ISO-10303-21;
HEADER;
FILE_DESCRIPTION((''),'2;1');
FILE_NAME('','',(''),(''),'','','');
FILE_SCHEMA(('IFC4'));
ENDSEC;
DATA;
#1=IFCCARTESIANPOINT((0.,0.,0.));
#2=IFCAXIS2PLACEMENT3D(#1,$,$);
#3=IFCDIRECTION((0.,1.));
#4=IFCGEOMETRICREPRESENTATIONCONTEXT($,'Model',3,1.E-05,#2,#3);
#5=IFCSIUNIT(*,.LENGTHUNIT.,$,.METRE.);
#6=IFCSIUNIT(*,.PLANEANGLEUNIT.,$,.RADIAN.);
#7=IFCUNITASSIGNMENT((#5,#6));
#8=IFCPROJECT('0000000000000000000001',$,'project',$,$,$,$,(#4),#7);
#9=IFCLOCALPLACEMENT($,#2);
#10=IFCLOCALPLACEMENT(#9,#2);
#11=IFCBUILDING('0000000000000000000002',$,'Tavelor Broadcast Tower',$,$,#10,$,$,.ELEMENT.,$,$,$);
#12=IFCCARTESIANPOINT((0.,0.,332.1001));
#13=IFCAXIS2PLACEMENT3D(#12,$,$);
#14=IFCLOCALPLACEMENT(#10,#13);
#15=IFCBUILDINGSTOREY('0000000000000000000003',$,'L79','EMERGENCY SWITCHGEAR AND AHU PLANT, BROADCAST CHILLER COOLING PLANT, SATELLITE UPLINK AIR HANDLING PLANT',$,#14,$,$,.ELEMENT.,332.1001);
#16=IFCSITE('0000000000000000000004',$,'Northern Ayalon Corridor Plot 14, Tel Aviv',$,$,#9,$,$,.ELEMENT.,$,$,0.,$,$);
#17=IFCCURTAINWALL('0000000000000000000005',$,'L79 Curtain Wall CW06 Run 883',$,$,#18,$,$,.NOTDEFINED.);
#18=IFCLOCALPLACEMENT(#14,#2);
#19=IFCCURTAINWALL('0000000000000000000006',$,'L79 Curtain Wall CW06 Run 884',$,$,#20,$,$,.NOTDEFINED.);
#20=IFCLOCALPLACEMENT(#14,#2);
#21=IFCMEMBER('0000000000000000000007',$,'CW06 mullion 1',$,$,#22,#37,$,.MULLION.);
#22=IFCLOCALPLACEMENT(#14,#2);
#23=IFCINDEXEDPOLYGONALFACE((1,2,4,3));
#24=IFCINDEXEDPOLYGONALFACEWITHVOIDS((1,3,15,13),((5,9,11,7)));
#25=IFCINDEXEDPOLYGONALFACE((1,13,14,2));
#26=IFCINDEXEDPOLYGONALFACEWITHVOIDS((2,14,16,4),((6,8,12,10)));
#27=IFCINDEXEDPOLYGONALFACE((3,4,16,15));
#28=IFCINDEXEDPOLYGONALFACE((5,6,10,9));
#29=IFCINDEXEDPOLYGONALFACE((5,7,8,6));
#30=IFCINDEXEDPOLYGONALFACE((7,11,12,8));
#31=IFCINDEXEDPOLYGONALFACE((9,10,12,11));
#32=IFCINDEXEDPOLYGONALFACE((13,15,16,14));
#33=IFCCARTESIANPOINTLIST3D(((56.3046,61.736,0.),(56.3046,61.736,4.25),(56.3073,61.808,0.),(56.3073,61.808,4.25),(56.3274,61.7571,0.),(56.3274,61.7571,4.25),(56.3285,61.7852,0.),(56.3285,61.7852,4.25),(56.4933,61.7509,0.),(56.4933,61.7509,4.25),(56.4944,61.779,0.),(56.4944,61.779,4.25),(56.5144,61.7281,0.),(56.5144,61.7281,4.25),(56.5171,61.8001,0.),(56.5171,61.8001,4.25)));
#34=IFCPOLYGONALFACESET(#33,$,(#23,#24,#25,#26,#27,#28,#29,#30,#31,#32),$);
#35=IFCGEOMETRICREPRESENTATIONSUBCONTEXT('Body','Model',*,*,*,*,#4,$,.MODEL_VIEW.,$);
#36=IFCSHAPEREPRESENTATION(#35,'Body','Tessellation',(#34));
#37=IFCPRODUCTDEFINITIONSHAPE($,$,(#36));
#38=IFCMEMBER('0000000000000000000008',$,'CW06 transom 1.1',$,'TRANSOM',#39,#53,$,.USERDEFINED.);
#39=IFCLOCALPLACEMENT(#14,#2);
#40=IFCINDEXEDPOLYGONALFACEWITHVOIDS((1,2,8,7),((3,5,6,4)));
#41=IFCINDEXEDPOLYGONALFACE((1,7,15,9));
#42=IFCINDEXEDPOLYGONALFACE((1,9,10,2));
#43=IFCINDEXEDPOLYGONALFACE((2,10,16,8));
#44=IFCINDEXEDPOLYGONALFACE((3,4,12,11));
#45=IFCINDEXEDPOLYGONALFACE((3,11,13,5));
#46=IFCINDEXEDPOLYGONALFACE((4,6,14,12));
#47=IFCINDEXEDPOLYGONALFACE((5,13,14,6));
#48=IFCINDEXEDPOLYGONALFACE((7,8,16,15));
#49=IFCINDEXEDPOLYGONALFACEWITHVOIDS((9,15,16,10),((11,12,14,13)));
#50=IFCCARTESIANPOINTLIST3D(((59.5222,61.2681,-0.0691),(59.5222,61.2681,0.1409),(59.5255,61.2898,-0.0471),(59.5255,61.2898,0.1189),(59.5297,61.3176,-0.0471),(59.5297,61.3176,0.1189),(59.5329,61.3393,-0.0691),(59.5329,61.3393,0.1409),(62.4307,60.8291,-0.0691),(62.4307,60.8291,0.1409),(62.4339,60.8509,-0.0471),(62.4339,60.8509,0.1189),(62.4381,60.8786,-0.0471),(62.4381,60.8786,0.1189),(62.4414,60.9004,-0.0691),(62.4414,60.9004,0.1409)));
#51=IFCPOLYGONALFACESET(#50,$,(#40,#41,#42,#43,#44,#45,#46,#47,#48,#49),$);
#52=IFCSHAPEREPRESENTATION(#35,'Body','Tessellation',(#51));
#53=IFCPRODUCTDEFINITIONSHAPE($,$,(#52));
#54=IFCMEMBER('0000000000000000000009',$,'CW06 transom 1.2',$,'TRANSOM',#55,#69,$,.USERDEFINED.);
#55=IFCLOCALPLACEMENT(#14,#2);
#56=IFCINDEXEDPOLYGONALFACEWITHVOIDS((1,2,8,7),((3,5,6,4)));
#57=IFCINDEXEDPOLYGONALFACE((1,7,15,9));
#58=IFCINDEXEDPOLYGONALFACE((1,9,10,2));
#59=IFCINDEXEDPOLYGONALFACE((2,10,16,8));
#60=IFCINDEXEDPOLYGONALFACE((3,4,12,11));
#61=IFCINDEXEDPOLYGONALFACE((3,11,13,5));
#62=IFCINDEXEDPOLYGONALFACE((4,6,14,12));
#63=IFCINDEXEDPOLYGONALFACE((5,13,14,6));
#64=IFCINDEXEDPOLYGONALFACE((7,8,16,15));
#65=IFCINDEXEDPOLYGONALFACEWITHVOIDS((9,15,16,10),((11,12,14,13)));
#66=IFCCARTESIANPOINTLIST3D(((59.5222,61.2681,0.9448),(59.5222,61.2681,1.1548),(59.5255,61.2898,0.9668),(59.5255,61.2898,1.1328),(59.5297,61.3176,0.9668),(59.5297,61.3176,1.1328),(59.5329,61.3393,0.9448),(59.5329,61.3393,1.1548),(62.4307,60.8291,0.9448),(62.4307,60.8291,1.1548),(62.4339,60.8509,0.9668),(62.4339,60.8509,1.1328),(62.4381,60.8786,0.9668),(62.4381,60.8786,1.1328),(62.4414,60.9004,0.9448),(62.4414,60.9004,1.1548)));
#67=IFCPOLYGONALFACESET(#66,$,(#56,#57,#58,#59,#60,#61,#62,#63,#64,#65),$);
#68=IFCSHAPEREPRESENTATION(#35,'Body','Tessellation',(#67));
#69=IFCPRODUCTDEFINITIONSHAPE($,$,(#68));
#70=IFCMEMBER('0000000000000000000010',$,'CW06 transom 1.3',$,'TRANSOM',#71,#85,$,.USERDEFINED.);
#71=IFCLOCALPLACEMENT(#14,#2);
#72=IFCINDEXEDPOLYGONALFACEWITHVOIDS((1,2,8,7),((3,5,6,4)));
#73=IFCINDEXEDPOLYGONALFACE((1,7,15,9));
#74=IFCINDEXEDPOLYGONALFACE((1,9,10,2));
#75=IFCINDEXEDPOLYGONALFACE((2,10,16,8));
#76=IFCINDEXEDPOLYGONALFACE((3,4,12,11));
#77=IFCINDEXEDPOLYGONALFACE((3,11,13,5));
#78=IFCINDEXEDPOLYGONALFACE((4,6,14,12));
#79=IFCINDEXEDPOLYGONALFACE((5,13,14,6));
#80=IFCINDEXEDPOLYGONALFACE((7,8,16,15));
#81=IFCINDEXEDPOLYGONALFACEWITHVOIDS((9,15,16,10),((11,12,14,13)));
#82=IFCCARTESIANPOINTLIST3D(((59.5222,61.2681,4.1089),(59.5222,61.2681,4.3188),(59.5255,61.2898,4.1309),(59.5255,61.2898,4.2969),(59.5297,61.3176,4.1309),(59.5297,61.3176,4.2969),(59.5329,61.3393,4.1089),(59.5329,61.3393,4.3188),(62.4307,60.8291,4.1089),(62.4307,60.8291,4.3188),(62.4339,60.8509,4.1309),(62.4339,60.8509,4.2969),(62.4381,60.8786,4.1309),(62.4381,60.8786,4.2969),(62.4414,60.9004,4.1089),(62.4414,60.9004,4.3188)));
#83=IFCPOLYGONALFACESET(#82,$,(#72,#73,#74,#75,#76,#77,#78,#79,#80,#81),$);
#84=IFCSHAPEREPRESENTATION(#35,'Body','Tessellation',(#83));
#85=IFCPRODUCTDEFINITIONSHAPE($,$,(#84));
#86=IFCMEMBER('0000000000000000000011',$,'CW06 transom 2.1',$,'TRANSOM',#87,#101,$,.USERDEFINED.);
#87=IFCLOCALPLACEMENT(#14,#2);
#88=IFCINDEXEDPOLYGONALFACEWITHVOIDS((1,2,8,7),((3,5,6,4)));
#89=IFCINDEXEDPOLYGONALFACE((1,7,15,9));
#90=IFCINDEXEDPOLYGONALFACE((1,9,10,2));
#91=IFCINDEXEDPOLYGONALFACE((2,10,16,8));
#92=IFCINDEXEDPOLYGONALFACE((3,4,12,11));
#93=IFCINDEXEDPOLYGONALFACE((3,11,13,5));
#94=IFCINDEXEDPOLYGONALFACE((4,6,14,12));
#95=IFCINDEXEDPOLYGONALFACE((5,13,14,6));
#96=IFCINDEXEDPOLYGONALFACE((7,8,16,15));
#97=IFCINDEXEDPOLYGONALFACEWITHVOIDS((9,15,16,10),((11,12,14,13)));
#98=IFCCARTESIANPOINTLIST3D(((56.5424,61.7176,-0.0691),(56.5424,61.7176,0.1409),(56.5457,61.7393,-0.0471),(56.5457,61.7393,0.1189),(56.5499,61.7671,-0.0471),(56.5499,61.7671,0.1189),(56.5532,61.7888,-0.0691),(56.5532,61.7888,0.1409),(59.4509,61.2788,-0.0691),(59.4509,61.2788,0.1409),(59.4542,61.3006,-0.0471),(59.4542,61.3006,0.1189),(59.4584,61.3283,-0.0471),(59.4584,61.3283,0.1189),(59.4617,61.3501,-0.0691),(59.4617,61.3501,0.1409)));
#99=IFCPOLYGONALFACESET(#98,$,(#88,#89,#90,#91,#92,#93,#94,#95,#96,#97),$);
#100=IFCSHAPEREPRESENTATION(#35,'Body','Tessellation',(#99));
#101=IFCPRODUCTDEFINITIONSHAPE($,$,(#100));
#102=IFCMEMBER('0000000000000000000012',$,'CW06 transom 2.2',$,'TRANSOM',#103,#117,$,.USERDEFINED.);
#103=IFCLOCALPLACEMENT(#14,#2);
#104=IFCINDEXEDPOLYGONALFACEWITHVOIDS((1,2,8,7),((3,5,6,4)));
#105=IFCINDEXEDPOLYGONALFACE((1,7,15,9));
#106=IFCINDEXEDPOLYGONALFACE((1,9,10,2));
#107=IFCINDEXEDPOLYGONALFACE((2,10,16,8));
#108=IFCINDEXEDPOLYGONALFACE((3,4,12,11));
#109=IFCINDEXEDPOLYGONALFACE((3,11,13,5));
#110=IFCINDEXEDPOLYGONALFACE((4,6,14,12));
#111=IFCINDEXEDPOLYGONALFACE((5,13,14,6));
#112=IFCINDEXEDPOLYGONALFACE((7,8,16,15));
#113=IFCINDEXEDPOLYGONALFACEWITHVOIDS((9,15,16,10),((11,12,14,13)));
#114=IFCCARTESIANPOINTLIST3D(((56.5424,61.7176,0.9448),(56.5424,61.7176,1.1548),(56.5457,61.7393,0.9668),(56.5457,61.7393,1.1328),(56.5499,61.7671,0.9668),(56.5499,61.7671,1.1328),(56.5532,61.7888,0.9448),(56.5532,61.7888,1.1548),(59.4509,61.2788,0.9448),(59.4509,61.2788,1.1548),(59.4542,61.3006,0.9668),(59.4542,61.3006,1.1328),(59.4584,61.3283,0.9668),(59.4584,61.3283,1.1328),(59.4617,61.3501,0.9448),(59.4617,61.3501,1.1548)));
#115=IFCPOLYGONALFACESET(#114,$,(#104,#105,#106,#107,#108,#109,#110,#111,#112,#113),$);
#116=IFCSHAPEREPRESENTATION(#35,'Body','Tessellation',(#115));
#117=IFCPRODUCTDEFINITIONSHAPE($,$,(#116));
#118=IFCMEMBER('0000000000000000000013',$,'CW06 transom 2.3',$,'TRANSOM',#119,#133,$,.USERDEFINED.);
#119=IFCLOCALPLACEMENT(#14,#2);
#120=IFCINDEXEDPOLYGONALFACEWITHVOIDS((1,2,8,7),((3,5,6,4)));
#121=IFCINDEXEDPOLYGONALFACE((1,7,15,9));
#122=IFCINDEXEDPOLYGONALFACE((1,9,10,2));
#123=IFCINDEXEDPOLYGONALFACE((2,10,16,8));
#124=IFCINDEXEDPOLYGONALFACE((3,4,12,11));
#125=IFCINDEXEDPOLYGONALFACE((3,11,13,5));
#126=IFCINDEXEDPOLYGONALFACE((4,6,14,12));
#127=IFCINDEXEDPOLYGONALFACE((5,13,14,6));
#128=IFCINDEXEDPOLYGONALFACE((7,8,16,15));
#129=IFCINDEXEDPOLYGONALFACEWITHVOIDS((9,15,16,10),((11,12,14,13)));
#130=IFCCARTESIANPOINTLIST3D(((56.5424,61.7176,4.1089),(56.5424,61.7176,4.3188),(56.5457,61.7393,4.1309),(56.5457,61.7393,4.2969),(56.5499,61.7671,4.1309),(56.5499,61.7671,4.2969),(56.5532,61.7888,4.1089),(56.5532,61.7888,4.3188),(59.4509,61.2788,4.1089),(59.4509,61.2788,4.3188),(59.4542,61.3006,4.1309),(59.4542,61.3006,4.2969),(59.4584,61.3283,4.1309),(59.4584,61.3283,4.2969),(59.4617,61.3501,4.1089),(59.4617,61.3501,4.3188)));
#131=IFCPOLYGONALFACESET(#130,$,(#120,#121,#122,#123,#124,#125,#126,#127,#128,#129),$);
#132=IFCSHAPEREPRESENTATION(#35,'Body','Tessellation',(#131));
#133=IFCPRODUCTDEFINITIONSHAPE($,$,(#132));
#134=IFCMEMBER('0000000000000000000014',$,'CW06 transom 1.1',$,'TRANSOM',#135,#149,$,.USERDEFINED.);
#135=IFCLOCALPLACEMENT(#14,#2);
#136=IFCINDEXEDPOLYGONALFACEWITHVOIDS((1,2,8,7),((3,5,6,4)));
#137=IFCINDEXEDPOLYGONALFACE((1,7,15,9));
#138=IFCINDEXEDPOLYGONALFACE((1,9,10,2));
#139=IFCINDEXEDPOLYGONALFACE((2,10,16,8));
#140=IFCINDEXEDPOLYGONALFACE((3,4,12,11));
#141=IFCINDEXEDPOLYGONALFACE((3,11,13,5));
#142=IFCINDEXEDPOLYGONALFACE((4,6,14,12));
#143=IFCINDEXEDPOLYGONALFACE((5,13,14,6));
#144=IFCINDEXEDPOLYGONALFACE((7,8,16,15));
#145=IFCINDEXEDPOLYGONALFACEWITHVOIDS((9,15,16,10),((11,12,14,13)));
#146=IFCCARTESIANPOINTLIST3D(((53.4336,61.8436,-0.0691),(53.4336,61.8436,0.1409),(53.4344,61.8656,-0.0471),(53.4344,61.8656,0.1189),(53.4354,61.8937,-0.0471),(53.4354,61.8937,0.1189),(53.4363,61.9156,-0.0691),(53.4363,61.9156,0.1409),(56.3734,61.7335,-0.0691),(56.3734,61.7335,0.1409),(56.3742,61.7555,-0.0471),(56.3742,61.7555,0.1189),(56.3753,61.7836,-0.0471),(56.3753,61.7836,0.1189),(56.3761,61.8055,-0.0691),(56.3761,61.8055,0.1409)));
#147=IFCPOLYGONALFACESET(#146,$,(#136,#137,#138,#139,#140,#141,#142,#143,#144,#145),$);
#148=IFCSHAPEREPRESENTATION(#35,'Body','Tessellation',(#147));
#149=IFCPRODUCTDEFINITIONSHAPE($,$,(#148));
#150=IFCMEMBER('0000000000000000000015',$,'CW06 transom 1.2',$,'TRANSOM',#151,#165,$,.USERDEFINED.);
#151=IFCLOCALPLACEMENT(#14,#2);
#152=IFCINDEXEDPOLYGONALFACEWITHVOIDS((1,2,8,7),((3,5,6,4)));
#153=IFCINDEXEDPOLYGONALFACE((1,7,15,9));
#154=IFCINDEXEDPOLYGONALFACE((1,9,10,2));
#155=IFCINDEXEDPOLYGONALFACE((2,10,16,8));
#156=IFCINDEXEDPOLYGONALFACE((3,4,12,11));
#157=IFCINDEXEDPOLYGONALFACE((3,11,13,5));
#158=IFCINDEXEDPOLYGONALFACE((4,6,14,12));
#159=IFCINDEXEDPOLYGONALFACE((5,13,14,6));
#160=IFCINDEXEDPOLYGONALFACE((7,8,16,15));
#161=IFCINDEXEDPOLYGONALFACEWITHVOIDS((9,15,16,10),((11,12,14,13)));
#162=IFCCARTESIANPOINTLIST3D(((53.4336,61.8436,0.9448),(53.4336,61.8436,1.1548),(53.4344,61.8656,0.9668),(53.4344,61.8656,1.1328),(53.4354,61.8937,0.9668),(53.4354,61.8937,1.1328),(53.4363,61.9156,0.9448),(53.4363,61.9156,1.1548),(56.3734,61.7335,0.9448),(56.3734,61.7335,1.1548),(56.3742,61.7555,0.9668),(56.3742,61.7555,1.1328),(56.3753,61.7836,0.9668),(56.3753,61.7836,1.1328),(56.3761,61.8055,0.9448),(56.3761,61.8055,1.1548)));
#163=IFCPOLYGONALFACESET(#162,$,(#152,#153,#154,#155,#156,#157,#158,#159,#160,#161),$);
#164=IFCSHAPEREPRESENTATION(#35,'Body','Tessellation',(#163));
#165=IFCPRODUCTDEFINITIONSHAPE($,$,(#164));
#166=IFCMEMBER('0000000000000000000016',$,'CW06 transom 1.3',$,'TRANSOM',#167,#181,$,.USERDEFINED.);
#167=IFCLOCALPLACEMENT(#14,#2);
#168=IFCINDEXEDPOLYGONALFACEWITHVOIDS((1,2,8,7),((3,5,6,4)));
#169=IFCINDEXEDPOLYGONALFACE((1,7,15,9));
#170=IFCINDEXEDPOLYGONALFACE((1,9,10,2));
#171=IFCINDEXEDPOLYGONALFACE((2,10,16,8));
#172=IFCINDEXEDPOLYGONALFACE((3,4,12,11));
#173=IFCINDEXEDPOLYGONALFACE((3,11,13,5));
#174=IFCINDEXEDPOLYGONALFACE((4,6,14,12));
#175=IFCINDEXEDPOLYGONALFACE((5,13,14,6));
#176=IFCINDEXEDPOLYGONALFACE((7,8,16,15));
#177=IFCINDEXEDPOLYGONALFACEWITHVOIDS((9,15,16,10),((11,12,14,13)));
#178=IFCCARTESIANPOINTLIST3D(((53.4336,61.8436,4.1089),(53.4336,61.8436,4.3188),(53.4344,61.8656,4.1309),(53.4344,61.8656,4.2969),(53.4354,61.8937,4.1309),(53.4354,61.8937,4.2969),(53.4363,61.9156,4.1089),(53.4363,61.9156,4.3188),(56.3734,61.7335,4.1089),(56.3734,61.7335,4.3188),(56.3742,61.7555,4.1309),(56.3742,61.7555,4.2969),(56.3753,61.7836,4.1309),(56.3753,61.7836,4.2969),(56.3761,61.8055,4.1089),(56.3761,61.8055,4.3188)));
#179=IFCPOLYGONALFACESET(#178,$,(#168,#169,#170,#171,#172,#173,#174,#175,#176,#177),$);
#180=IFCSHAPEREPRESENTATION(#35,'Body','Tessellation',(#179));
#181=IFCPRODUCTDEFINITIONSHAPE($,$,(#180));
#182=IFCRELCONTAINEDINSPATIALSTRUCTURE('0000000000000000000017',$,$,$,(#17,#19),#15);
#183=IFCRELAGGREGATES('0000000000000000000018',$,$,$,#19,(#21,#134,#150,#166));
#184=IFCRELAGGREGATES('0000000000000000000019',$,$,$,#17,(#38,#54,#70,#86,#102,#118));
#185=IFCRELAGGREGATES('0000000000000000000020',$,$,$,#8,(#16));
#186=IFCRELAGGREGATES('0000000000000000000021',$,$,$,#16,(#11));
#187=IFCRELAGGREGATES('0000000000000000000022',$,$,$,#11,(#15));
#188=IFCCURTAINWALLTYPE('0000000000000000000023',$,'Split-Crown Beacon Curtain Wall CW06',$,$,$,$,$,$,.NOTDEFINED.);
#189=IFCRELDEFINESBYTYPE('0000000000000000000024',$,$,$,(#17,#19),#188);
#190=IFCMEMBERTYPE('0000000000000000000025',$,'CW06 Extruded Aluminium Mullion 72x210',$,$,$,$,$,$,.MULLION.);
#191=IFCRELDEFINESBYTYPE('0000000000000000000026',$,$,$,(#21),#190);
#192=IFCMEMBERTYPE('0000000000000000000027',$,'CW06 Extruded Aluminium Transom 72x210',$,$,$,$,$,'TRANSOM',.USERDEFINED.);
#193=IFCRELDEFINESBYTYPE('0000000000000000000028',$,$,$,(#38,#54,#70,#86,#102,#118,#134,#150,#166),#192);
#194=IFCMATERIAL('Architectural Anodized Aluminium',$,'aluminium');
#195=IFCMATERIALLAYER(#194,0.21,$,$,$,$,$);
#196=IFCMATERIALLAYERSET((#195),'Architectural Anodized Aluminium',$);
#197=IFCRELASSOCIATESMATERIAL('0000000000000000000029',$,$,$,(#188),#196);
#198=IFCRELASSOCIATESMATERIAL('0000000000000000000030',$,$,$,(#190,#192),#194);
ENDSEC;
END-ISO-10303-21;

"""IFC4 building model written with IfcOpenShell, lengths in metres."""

from ifc_helpers import new_model, si_unit, direction, frame, origin, origin_2d, place, context, subcontext, project, spatial, hollow_rectangle, extrude, source, transform, mapped, material, layer, layer_set, material_profile, profile_set, type_object, type_shapes, element, aggregate, save


model = new_model("IFC4")

# Units and contexts
model_context = context("Model", 3, precision=1e-05, world=origin(), true_north=direction((0.0, 1.0)))
body_context = subcontext(model_context, "Body", "Model", "MODEL_VIEW")
ifc_project = project(units=[si_unit("LENGTHUNIT", "METRE"), si_unit("PLANEANGLEUNIT", "RADIAN")], contexts=[model_context])

# Site, building, storey
site_placement = place(None, origin())
site = spatial("IfcSite", under=ifc_project, at=site_placement, Name="Northern Ayalon Corridor Plot 14, Tel Aviv", CompositionType="ELEMENT", RefElevation=0.0)
building_placement = place(site_placement, origin())
building = spatial("IfcBuilding", under=site, at=building_placement, Name="Tavelor Broadcast Tower", CompositionType="ELEMENT")
storey_placement = place(building_placement, frame((0.0, 0.0, 332.1001)))
storey = spatial("IfcBuildingStorey", under=building, at=storey_placement, Name="L79", Description="EMERGENCY SWITCHGEAR AND AHU PLANT, BROADCAST CHILLER COOLING PLANT, SATELLITE UPLINK AIR HANDLING PLANT", CompositionType="ELEMENT", Elevation=332.1001)

# Curtain wall
ifc_material_1 = material(Name="Architectural Anodized Aluminium", Category="aluminium")
ifc_layer_1 = layer(ifc_material_1, 0.21)
ifc_layer_set_1 = layer_set([ifc_layer_1], Name="Architectural Anodized Aluminium")
curtain_wall_type = type_object("IfcCurtainWallType", Name="Split-Crown Beacon Curtain Wall CW06", PredefinedType="NOTDEFINED", material=ifc_layer_set_1)
curtain_wall_1_placement = place(storey_placement, origin())
curtain_wall_1 = element("IfcCurtainWall", 1, at=curtain_wall_1_placement, inside=storey, type_object=curtain_wall_type, Name="L79 Curtain Wall CW06 Run 883", PredefinedType="NOTDEFINED")
ifc_material_profile_1 = material_profile(ifc_material_1, hollow_rectangle(XDim=0.072, YDim=0.21, WallThickness=0.022, at=origin_2d()), Name="RHS 72x210x22")
ifc_profile_set_1 = profile_set([ifc_material_profile_1], Name="Architectural Anodized Aluminium")
member_type_1 = type_object("IfcMemberType", Name="CW06 Extruded Aluminium Mullion 72x210", PredefinedType="MULLION", material=ifc_profile_set_1)
shared_shape_1 = source(origin(), body_context, "Body", "SweptSolid", [
    extrude(hollow_rectangle(XDim=0.072, YDim=0.21, WallThickness=0.022, at=origin_2d()), origin(), (0.0, 0.0, 1.0), 4.25),
])
type_shapes(member_type_1, [shared_shape_1])

# Curtain wall, member
curtain_wall_2_placement = place(storey_placement, origin())
curtain_wall_2 = element("IfcCurtainWall", 2, at=curtain_wall_2_placement, inside=storey, type_object=curtain_wall_type, Name="L79 Curtain Wall CW06 Run 884", PredefinedType="NOTDEFINED")
member_1_placement = place(storey_placement, frame((56.4109, 61.7681, 0.0), z_axis=(0.0, 0.0, 1.0), x_axis=(-0.037458, -0.999298, 0.0)))
member_1 = element("IfcMember", 3, at=member_1_placement, type_object=member_type_1, Name="CW06 mullion 1", PredefinedType="MULLION", context=body_context, shape_type="MappedRepresentation", body=[
    mapped(shared_shape_1, transform((0.0, 0.0, 0.0), scale=1.0)),
])

# Members
ifc_material_profile_2 = material_profile(ifc_material_1, hollow_rectangle(XDim=0.072, YDim=0.21, WallThickness=0.022, at=origin_2d()), Name="RHS 72x210x22")
ifc_profile_set_2 = profile_set([ifc_material_profile_2], Name="Architectural Anodized Aluminium")
member_type_2 = type_object("IfcMemberType", Name="CW06 Extruded Aluminium Transom 72x210", ElementType="TRANSOM", PredefinedType="USERDEFINED", material=ifc_profile_set_2)
shared_shape_2 = source(origin(), body_context, "Body", "SweptSolid", [
    extrude(hollow_rectangle(XDim=0.072, YDim=0.21, WallThickness=0.022, at=origin_2d()), origin(), (0.0, 0.0, 1.0), 2.9414),
])
member_2_placement = place(storey_placement, frame((62.436, 60.8647, 0.0359), z_axis=(-0.988801, 0.149237, 0.0), x_axis=(-0.149237, -0.988801, 0.0)))
member_2 = element("IfcMember", 4, at=member_2_placement, type_object=member_type_2, Name="CW06 transom 1.1", ObjectType="TRANSOM", PredefinedType="USERDEFINED", context=body_context, shape_type="MappedRepresentation", body=[
    mapped(shared_shape_2, transform((0.0, 0.0, 0.0), scale=1.0)),
])
member_3_placement = place(storey_placement, frame((62.436, 60.8647, 1.0498), z_axis=(-0.988801, 0.149237, 0.0), x_axis=(-0.149237, -0.988801, 0.0)))
member_3 = element("IfcMember", 5, at=member_3_placement, type_object=member_type_2, Name="CW06 transom 1.2", ObjectType="TRANSOM", PredefinedType="USERDEFINED", context=body_context, shape_type="MappedRepresentation", body=[
    mapped(shared_shape_2, transform((0.0, 0.0, 0.0), scale=1.0)),
])
member_4_placement = place(storey_placement, frame((62.436, 60.8647, 4.2139), z_axis=(-0.988801, 0.149237, 0.0), x_axis=(-0.149237, -0.988801, 0.0)))
member_4 = element("IfcMember", 6, at=member_4_placement, type_object=member_type_2, Name="CW06 transom 1.3", ObjectType="TRANSOM", PredefinedType="USERDEFINED", context=body_context, shape_type="MappedRepresentation", body=[
    mapped(shared_shape_2, transform((0.0, 0.0, 0.0), scale=1.0)),
])
member_5_placement = place(storey_placement, frame((59.4563, 61.3145, 0.0359), z_axis=(-0.988814, 0.149156, 0.0), x_axis=(-0.149156, -0.988814, 0.0)))
member_5 = element("IfcMember", 7, at=member_5_placement, type_object=member_type_2, Name="CW06 transom 2.1", ObjectType="TRANSOM", PredefinedType="USERDEFINED", context=body_context, shape_type="MappedRepresentation", body=[
    mapped(shared_shape_2, transform((0.0, 0.0, 0.0), scale=1.0)),
])
member_6_placement = place(storey_placement, frame((59.4563, 61.3145, 1.0498), z_axis=(-0.988814, 0.149156, 0.0), x_axis=(-0.149156, -0.988814, 0.0)))
member_6 = element("IfcMember", 8, at=member_6_placement, type_object=member_type_2, Name="CW06 transom 2.2", ObjectType="TRANSOM", PredefinedType="USERDEFINED", context=body_context, shape_type="MappedRepresentation", body=[
    mapped(shared_shape_2, transform((0.0, 0.0, 0.0), scale=1.0)),
])
member_7_placement = place(storey_placement, frame((59.4563, 61.3145, 4.2139), z_axis=(-0.988814, 0.149156, 0.0), x_axis=(-0.149156, -0.988814, 0.0)))
member_7 = element("IfcMember", 9, at=member_7_placement, type_object=member_type_2, Name="CW06 transom 2.3", ObjectType="TRANSOM", PredefinedType="USERDEFINED", context=body_context, shape_type="MappedRepresentation", body=[
    mapped(shared_shape_2, transform((0.0, 0.0, 0.0), scale=1.0)),
])
shared_shape_3 = source(origin(), body_context, "Body", "SweptSolid", [
    extrude(hollow_rectangle(XDim=0.072, YDim=0.21, WallThickness=0.022, at=origin_2d()), origin(), (0.0, 0.0, 1.0), 2.9419),
])
type_shapes(member_type_2, [shared_shape_2, shared_shape_3])
member_8_placement = place(storey_placement, frame((56.3748, 61.7695, 0.0359), z_axis=(-0.999299, 0.037426, 0.0), x_axis=(-0.037426, -0.999299, 0.0)))
member_8 = element("IfcMember", 10, at=member_8_placement, type_object=member_type_2, Name="CW06 transom 1.1", ObjectType="TRANSOM", PredefinedType="USERDEFINED", context=body_context, shape_type="MappedRepresentation", body=[
    mapped(shared_shape_3, transform((0.0, 0.0, 0.0), scale=1.0)),
])
member_9_placement = place(storey_placement, frame((56.3748, 61.7695, 1.0498), z_axis=(-0.999299, 0.037426, 0.0), x_axis=(-0.037426, -0.999299, 0.0)))
member_9 = element("IfcMember", 11, at=member_9_placement, type_object=member_type_2, Name="CW06 transom 1.2", ObjectType="TRANSOM", PredefinedType="USERDEFINED", context=body_context, shape_type="MappedRepresentation", body=[
    mapped(shared_shape_3, transform((0.0, 0.0, 0.0), scale=1.0)),
])
member_10_placement = place(storey_placement, frame((56.3748, 61.7695, 4.2139), z_axis=(-0.999299, 0.037426, 0.0), x_axis=(-0.037426, -0.999299, 0.0)))
member_10 = element("IfcMember", 12, at=member_10_placement, type_object=member_type_2, Name="CW06 transom 1.3", ObjectType="TRANSOM", PredefinedType="USERDEFINED", context=body_context, shape_type="MappedRepresentation", body=[
    mapped(shared_shape_3, transform((0.0, 0.0, 0.0), scale=1.0)),
])
aggregate(curtain_wall_2, [member_1, member_8, member_9, member_10])

aggregate(curtain_wall_1, [member_2, member_3, member_4, member_5, member_6, member_7])

save(model, "model.ifc")
